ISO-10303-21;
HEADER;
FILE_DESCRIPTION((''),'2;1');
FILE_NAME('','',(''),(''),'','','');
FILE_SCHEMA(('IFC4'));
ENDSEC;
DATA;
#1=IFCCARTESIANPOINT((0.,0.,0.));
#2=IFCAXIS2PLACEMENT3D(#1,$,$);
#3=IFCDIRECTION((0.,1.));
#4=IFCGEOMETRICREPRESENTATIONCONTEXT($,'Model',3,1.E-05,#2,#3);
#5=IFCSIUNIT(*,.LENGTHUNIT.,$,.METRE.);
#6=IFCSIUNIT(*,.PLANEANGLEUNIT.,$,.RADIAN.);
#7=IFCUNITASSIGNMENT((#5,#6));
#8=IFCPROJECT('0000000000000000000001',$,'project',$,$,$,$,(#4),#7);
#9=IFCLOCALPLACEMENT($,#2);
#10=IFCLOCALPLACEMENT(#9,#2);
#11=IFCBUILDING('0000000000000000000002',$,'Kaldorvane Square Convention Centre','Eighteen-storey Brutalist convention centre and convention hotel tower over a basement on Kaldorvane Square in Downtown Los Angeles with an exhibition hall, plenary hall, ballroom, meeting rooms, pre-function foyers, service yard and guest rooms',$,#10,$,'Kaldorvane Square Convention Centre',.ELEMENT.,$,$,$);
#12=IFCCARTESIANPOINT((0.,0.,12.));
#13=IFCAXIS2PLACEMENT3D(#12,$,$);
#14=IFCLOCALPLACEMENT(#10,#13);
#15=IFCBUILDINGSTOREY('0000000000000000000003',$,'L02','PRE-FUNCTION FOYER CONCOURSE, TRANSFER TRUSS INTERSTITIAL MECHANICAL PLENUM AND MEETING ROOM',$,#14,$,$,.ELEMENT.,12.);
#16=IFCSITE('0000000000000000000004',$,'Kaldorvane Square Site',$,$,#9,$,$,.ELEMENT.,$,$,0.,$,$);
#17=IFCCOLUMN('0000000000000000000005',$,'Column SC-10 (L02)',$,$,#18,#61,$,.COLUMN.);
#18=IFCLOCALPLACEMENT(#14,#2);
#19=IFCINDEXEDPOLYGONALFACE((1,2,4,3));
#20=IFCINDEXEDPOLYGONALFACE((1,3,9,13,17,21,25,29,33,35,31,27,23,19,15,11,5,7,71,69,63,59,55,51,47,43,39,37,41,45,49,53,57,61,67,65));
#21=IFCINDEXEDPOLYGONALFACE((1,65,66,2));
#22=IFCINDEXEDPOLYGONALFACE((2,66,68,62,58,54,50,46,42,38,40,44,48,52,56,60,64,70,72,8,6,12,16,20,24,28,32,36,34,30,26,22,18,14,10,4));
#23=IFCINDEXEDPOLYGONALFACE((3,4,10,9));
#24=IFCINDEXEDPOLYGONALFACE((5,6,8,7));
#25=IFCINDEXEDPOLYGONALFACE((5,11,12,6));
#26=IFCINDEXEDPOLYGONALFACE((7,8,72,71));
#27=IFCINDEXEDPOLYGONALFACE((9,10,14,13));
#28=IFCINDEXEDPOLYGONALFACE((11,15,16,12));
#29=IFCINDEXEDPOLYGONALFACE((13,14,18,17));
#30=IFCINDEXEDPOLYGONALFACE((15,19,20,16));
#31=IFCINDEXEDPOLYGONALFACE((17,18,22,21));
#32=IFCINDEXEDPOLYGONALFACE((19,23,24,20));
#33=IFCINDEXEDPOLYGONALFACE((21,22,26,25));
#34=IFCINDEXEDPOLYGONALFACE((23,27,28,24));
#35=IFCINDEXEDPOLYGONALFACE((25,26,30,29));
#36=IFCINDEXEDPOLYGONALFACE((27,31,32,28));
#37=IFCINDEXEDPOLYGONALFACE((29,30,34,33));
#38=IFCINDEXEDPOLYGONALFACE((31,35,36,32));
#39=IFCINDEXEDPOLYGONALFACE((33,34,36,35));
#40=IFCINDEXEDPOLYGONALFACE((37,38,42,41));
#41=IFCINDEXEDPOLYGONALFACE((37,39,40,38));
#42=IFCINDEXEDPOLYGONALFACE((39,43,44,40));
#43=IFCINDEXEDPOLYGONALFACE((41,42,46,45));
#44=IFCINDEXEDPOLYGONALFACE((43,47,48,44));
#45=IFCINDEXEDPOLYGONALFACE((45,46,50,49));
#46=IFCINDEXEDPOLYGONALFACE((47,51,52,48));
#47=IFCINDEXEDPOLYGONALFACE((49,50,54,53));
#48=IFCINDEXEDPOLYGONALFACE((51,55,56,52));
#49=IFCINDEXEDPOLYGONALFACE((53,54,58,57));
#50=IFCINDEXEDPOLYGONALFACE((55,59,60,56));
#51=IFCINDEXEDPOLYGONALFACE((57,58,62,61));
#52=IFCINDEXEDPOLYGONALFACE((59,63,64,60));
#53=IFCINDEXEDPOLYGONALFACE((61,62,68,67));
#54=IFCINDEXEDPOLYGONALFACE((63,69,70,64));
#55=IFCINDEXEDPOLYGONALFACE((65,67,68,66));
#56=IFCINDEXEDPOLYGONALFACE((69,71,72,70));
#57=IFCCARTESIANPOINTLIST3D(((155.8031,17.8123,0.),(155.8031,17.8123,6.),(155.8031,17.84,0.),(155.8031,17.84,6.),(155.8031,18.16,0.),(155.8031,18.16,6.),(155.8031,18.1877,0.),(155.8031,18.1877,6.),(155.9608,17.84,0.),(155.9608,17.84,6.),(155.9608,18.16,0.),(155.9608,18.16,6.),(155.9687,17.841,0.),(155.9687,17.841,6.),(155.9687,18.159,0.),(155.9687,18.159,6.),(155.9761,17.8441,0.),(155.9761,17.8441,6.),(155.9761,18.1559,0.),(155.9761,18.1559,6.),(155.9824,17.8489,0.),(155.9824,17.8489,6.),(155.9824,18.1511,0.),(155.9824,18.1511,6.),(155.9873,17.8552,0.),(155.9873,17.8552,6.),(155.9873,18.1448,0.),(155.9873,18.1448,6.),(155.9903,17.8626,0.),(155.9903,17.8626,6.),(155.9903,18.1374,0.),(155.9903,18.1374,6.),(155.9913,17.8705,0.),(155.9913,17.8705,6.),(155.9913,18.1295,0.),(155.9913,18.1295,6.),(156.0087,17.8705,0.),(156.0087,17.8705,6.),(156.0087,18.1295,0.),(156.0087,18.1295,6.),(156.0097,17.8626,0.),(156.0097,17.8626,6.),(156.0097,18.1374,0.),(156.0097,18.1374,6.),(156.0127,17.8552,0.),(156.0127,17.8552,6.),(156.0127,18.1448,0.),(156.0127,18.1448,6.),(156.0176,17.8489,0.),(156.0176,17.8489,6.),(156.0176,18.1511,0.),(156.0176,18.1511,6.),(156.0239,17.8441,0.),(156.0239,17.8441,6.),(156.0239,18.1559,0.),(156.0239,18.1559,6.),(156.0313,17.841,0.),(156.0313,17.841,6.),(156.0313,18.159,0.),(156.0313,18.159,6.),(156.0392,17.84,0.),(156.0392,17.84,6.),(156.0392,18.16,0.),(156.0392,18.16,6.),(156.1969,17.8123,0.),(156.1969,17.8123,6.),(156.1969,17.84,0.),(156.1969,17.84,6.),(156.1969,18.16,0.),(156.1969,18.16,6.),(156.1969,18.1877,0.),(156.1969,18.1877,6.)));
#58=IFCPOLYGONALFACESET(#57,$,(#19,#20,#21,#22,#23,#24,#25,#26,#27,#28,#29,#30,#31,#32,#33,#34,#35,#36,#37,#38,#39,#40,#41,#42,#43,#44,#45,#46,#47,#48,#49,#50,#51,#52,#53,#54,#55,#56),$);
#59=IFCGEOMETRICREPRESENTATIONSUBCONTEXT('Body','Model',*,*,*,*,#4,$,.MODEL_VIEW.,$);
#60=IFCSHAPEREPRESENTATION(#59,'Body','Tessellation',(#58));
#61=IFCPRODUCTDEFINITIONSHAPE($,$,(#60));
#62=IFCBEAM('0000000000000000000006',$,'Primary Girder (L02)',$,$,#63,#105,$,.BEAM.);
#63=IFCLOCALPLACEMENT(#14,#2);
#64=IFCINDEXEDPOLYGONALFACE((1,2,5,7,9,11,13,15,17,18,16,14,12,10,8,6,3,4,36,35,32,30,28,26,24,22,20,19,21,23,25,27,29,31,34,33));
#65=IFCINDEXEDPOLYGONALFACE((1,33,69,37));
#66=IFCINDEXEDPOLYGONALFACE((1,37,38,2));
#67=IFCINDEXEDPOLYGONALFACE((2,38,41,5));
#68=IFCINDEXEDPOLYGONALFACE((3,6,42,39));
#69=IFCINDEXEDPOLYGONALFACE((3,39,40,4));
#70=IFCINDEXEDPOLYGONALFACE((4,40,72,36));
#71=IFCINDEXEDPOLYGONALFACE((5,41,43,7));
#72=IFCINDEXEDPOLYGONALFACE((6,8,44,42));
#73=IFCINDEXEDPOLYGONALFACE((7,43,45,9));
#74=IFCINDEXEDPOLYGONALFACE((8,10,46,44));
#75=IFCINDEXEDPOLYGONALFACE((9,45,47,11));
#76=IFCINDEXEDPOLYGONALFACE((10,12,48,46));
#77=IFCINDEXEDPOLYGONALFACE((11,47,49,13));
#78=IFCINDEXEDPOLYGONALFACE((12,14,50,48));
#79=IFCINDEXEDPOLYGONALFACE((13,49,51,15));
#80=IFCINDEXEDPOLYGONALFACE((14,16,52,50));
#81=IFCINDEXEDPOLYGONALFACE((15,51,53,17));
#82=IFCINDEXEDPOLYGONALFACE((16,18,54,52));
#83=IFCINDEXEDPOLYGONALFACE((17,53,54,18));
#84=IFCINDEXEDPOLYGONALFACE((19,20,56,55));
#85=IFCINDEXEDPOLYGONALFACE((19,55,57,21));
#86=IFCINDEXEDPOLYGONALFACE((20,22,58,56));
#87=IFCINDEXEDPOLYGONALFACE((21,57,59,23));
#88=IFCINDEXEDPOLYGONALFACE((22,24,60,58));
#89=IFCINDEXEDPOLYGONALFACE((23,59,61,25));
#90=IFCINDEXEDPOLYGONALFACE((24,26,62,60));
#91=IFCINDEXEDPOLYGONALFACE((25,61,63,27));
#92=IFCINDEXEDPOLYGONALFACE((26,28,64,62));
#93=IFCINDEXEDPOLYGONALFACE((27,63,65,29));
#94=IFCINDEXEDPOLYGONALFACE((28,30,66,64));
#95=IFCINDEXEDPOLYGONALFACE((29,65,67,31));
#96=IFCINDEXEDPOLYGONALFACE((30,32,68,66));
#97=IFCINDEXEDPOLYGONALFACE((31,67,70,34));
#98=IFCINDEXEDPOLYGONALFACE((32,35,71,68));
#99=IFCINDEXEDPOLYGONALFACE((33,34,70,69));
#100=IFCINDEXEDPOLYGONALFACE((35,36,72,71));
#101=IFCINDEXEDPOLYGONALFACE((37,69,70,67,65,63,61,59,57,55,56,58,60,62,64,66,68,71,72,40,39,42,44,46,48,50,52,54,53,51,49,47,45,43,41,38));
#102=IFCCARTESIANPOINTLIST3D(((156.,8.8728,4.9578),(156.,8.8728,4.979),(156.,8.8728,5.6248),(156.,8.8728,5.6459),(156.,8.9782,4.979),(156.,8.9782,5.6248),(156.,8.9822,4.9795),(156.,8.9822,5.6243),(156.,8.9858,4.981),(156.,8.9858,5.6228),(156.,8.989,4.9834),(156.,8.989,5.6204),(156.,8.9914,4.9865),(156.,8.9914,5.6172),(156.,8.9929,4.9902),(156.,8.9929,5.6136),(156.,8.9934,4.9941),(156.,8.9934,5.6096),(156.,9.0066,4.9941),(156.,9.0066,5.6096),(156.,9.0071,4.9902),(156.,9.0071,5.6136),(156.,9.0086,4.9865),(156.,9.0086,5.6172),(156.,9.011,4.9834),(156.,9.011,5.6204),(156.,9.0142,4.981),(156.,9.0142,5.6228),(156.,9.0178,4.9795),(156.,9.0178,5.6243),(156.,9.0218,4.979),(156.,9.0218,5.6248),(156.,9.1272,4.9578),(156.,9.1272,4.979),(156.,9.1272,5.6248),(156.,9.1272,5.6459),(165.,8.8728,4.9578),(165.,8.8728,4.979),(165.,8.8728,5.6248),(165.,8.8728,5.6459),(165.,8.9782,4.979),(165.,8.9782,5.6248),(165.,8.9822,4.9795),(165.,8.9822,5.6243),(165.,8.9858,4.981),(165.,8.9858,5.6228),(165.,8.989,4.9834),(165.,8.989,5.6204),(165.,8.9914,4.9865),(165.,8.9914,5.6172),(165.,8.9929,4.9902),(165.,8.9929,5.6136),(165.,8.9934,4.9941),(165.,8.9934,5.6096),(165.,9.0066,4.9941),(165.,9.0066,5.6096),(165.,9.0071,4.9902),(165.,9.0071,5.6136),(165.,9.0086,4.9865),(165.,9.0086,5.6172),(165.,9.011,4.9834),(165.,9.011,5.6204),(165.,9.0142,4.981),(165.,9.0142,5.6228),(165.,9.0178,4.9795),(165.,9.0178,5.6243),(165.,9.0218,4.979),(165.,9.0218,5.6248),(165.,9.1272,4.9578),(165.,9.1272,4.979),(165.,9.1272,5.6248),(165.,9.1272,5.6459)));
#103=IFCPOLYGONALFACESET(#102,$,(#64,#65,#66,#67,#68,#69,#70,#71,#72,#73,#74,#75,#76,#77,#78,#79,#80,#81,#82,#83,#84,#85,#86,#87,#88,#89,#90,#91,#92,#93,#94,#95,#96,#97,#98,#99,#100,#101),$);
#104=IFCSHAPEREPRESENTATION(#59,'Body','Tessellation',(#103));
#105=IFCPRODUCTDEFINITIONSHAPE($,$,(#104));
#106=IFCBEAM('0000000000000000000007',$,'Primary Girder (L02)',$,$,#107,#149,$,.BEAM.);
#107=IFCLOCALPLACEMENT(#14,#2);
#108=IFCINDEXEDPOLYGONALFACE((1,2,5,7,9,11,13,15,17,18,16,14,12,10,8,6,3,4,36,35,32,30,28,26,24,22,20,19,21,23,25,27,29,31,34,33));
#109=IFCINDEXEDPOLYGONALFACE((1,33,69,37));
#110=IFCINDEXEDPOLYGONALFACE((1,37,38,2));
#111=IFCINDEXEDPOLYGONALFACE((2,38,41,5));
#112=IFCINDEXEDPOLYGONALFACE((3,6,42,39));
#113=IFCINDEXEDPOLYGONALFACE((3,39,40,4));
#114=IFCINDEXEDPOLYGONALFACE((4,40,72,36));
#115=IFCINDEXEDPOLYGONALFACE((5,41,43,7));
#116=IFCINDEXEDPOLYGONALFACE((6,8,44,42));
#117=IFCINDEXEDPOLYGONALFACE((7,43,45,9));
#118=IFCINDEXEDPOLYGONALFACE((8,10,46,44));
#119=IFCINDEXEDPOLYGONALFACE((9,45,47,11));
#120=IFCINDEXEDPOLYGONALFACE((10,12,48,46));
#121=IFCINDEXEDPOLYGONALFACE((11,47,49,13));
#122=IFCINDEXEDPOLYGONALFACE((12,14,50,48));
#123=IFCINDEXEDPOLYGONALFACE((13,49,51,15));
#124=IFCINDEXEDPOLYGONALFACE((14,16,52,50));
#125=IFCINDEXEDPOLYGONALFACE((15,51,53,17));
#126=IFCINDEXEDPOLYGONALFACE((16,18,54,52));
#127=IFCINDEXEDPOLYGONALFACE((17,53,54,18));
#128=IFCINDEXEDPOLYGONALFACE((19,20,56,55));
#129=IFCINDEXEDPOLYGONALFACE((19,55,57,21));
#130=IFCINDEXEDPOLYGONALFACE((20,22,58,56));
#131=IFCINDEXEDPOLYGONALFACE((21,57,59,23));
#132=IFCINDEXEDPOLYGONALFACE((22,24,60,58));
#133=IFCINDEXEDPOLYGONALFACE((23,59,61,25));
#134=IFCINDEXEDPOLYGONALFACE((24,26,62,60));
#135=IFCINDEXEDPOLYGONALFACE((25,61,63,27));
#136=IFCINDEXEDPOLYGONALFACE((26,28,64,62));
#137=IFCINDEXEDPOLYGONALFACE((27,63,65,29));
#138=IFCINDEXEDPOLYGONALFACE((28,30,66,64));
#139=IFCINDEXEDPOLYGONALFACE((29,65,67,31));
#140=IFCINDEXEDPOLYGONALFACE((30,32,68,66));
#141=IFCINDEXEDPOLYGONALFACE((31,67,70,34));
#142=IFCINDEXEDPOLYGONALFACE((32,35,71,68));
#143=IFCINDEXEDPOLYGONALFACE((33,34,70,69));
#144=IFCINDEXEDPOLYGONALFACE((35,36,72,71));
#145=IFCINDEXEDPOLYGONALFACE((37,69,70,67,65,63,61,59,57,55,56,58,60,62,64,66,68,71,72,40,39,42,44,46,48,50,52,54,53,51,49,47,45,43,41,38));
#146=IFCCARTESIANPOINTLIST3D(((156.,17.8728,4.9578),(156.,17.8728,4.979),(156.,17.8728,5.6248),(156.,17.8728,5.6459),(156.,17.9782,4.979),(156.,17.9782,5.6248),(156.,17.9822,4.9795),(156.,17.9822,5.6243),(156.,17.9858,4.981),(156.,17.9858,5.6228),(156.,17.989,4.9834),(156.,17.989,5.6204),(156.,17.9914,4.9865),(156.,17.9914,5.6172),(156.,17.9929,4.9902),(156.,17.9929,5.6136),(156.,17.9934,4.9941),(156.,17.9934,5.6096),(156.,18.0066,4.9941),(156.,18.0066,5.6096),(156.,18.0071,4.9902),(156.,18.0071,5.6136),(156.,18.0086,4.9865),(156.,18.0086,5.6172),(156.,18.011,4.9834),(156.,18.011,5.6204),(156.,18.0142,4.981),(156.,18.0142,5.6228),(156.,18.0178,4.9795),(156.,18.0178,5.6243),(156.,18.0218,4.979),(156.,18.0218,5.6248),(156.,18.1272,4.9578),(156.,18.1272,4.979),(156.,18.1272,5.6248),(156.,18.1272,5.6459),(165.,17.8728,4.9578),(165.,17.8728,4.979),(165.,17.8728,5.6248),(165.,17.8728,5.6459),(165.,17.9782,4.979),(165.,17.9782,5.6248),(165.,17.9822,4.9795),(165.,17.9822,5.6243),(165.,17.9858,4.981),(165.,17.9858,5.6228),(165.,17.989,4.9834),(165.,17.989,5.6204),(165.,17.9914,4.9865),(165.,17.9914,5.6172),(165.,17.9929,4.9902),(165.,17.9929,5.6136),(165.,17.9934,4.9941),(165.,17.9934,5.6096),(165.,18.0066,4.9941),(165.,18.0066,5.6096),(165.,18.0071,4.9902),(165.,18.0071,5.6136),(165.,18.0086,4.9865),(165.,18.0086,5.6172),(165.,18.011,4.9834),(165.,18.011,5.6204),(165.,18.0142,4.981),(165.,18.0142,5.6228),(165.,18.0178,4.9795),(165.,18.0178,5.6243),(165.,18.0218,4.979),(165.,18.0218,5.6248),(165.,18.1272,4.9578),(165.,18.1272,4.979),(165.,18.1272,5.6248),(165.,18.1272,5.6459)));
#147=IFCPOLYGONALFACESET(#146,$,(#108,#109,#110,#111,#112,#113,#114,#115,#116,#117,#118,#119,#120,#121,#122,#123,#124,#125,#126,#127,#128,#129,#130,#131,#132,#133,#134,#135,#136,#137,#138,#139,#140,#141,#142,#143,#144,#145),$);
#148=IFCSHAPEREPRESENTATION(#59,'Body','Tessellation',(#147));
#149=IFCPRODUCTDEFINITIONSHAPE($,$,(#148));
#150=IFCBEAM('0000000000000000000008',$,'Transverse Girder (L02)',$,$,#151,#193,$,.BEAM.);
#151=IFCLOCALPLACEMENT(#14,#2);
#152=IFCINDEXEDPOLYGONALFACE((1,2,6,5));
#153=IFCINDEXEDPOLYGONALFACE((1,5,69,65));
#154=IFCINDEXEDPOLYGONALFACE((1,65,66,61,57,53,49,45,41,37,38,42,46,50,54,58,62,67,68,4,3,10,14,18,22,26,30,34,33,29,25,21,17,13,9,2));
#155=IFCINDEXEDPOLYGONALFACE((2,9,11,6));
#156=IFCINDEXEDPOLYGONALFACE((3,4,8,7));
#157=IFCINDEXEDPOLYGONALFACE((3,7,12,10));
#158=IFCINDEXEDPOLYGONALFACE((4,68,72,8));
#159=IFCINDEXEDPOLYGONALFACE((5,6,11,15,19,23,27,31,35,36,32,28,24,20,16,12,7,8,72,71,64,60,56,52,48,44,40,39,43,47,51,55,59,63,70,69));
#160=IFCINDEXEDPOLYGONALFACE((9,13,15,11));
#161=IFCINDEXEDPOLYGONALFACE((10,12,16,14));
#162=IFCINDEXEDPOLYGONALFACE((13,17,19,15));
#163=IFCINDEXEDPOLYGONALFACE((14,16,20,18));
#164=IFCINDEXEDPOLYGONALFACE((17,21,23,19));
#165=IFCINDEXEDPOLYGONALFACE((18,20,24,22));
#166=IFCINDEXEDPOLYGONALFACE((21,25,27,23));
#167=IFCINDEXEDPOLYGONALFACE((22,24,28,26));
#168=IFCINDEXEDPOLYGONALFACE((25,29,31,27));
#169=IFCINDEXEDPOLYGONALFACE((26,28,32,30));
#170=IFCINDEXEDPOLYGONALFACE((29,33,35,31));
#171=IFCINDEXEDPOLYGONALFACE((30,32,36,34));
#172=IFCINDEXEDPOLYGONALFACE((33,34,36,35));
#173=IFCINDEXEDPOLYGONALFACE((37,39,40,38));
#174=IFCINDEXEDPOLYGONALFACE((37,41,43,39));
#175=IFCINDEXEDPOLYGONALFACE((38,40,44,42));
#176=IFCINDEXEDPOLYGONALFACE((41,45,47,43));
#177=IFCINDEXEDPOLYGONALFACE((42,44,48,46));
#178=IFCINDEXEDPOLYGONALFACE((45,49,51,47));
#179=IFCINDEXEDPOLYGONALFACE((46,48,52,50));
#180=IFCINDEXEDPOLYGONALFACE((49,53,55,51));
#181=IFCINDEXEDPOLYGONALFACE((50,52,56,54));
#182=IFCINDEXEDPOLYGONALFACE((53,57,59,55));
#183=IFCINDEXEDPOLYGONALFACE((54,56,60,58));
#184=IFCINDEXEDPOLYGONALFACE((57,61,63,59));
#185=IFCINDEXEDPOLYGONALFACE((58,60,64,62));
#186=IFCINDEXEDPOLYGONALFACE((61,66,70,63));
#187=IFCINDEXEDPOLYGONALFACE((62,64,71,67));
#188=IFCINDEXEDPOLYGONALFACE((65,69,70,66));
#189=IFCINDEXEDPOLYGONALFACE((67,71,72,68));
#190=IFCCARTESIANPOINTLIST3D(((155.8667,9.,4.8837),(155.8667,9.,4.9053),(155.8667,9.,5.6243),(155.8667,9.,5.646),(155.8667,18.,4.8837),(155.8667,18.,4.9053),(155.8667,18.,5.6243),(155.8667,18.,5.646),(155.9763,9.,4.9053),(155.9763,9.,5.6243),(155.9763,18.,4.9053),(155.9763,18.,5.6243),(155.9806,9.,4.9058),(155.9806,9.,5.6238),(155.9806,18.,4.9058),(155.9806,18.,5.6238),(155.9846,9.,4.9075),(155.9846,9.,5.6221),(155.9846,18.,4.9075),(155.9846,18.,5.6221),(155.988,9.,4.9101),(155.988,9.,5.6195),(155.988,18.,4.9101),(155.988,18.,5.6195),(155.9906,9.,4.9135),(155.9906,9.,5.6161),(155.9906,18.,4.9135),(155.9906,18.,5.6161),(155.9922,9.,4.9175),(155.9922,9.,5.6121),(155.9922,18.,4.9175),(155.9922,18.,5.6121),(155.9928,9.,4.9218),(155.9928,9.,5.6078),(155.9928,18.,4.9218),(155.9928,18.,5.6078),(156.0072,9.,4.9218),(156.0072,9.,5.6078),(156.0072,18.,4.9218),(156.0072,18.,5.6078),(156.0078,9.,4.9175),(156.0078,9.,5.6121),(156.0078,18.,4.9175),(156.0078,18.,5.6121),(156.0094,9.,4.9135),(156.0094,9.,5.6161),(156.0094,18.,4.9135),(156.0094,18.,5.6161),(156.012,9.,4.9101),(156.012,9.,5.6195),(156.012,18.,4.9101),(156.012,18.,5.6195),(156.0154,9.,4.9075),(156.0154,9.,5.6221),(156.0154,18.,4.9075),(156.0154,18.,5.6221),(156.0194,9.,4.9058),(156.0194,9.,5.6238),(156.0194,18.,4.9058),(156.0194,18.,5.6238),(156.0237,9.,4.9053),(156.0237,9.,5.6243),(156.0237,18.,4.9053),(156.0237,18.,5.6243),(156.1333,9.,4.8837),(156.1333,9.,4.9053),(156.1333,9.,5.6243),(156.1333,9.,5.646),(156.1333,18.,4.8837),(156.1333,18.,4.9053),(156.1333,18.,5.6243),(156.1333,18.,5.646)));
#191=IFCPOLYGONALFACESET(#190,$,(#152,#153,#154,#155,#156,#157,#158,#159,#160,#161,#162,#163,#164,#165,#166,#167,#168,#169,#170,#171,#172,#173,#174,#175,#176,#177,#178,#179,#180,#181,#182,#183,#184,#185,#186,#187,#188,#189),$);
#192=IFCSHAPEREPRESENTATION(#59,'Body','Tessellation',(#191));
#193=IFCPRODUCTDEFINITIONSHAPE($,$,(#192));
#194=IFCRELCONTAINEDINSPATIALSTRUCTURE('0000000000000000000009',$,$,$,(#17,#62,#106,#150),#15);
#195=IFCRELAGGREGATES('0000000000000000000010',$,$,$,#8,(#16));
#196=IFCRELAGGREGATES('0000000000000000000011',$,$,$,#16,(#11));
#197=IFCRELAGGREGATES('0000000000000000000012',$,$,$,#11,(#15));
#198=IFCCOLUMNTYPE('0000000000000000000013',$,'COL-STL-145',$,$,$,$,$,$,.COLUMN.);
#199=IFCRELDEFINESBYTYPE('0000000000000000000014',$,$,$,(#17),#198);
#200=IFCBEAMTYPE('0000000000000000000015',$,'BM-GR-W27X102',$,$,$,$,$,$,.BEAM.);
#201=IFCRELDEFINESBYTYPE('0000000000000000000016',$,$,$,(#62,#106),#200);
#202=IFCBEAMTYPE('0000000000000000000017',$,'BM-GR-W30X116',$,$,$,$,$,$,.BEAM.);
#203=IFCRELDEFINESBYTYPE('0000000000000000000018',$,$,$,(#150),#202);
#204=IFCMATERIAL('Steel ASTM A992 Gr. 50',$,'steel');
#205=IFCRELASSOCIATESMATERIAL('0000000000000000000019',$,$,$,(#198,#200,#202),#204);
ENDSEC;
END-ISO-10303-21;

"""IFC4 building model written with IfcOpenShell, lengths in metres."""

from ifc_helpers import new_model, si_unit, direction, frame, origin, origin_2d, place, context, subcontext, project, spatial, i_section, extrude, material, material_profile, profile_set, type_object, element, save


model = new_model("IFC4")

# Units and contexts
model_context = context("Model", 3, precision=1e-05, world=origin(), true_north=direction((0.0, 1.0)))
body_context = subcontext(model_context, "Body", "Model", "MODEL_VIEW")
ifc_project = project(units=[si_unit("LENGTHUNIT", "METRE"), si_unit("PLANEANGLEUNIT", "RADIAN")], contexts=[model_context])

# Site, building, storey
site_placement = place(None, origin())
site = spatial("IfcSite", under=ifc_project, at=site_placement, Name="Kaldorvane Square Site", CompositionType="ELEMENT", RefElevation=0.0)
building_placement = place(site_placement, origin())
building = spatial("IfcBuilding", under=site, at=building_placement, Name="Kaldorvane Square Convention Centre", Description="Eighteen-storey Brutalist convention centre and convention hotel tower over a basement on Kaldorvane Square in Downtown Los Angeles with an exhibition hall, plenary hall, ballroom, meeting rooms, pre-function foyers, service yard and guest rooms", LongName="Kaldorvane Square Convention Centre", CompositionType="ELEMENT")
storey_placement = place(building_placement, frame((0.0, 0.0, 12.0)))
storey = spatial("IfcBuildingStorey", under=building, at=storey_placement, Name="L02", Description="PRE-FUNCTION FOYER CONCOURSE, TRANSFER TRUSS INTERSTITIAL MECHANICAL PLENUM AND MEETING ROOM", CompositionType="ELEMENT", Elevation=12.0)

# Column
ifc_material_1 = material(Name="Steel ASTM A992 Gr. 50", Category="steel")
ifc_material_profile_1 = material_profile(ifc_material_1, i_section(OverallWidth=0.3937, OverallDepth=0.3754, WebThickness=0.0173, FlangeThickness=0.0277, FilletRadius=0.0305, at=origin_2d()), Name="W14X145")
ifc_profile_set_1 = profile_set([ifc_material_profile_1], Name="Steel ASTM A992 Gr. 50")
column_type = type_object("IfcColumnType", Name="COL-STL-145", PredefinedType="COLUMN", material=ifc_profile_set_1)
column_placement = place(storey_placement, frame((156.0, 18.0, 0.0), z_axis=(0.0, 0.0, 1.0), x_axis=(1.0, 0.0, 0.0)))
element("IfcColumn", 1, at=column_placement, inside=storey, type_object=column_type, Name="Column SC-10 (L02)", PredefinedType="COLUMN", context=body_context, shape_type="SweptSolid", body=[
    extrude(i_section(OverallWidth=0.3937, OverallDepth=0.3754, WebThickness=0.0173, FlangeThickness=0.0277, FilletRadius=0.0305, at=origin_2d()), origin(), (0.0, 0.0, 1.0), 6.0),
])

# Beams
ifc_material_profile_2 = material_profile(ifc_material_1, i_section(OverallWidth=0.2544, OverallDepth=0.6881, WebThickness=0.0131, FlangeThickness=0.0211, FilletRadius=0.0152, at=origin_2d()), Name="W27X102")
ifc_profile_set_2 = profile_set([ifc_material_profile_2], Name="Steel ASTM A992 Gr. 50")
beam_type_1 = type_object("IfcBeamType", Name="BM-GR-W27X102", PredefinedType="BEAM", material=ifc_profile_set_2)
for number, where, z_axis, x_axis, name in (
    (2, (156.0, 9.0, 5.3019), (1.0, 0.0, 0.0), (0.0, 1.0, 0.0), "Primary Girder (L02)"),
    (3, (156.0, 18.0, 5.3019), (1.0, 0.0, 0.0), (0.0, 1.0, 0.0), "Primary Girder (L02)"),
):
    element("IfcBeam", number, at=place(storey_placement, frame(where, z_axis=z_axis, x_axis=x_axis)), inside=storey, type_object=beam_type_1, Name=name, PredefinedType="BEAM", context=body_context, shape_type="SweptSolid", body=[
        extrude(i_section(OverallWidth=0.2544, OverallDepth=0.6881, WebThickness=0.0131, FlangeThickness=0.0211, FilletRadius=0.0152, at=origin_2d()), origin(), (0.0, 0.0, 1.0), 9.0),
    ])
ifc_material_profile_3 = material_profile(ifc_material_1, i_section(OverallWidth=0.2666, OverallDepth=0.7623, WebThickness=0.0144, FlangeThickness=0.0216, FilletRadius=0.0165, at=origin_2d()), Name="W30X116")
ifc_profile_set_3 = profile_set([ifc_material_profile_3], Name="Steel ASTM A992 Gr. 50")
beam_type_2 = type_object("IfcBeamType", Name="BM-GR-W30X116", PredefinedType="BEAM", material=ifc_profile_set_3)
for number, where, z_axis, x_axis, name in (
    (4, (156.0, 9.0, 5.2648), (0.0, 1.0, 0.0), (-1.0, 0.0, 0.0), "Transverse Girder (L02)"),
):
    element("IfcBeam", number, at=place(storey_placement, frame(where, z_axis=z_axis, x_axis=x_axis)), inside=storey, type_object=beam_type_2, Name=name, PredefinedType="BEAM", context=body_context, shape_type="SweptSolid", body=[
        extrude(i_section(OverallWidth=0.2666, OverallDepth=0.7623, WebThickness=0.0144, FlangeThickness=0.0216, FilletRadius=0.0165, at=origin_2d()), origin(), (0.0, 0.0, 1.0), 9.0),
    ])

save(model, "model.ifc")
